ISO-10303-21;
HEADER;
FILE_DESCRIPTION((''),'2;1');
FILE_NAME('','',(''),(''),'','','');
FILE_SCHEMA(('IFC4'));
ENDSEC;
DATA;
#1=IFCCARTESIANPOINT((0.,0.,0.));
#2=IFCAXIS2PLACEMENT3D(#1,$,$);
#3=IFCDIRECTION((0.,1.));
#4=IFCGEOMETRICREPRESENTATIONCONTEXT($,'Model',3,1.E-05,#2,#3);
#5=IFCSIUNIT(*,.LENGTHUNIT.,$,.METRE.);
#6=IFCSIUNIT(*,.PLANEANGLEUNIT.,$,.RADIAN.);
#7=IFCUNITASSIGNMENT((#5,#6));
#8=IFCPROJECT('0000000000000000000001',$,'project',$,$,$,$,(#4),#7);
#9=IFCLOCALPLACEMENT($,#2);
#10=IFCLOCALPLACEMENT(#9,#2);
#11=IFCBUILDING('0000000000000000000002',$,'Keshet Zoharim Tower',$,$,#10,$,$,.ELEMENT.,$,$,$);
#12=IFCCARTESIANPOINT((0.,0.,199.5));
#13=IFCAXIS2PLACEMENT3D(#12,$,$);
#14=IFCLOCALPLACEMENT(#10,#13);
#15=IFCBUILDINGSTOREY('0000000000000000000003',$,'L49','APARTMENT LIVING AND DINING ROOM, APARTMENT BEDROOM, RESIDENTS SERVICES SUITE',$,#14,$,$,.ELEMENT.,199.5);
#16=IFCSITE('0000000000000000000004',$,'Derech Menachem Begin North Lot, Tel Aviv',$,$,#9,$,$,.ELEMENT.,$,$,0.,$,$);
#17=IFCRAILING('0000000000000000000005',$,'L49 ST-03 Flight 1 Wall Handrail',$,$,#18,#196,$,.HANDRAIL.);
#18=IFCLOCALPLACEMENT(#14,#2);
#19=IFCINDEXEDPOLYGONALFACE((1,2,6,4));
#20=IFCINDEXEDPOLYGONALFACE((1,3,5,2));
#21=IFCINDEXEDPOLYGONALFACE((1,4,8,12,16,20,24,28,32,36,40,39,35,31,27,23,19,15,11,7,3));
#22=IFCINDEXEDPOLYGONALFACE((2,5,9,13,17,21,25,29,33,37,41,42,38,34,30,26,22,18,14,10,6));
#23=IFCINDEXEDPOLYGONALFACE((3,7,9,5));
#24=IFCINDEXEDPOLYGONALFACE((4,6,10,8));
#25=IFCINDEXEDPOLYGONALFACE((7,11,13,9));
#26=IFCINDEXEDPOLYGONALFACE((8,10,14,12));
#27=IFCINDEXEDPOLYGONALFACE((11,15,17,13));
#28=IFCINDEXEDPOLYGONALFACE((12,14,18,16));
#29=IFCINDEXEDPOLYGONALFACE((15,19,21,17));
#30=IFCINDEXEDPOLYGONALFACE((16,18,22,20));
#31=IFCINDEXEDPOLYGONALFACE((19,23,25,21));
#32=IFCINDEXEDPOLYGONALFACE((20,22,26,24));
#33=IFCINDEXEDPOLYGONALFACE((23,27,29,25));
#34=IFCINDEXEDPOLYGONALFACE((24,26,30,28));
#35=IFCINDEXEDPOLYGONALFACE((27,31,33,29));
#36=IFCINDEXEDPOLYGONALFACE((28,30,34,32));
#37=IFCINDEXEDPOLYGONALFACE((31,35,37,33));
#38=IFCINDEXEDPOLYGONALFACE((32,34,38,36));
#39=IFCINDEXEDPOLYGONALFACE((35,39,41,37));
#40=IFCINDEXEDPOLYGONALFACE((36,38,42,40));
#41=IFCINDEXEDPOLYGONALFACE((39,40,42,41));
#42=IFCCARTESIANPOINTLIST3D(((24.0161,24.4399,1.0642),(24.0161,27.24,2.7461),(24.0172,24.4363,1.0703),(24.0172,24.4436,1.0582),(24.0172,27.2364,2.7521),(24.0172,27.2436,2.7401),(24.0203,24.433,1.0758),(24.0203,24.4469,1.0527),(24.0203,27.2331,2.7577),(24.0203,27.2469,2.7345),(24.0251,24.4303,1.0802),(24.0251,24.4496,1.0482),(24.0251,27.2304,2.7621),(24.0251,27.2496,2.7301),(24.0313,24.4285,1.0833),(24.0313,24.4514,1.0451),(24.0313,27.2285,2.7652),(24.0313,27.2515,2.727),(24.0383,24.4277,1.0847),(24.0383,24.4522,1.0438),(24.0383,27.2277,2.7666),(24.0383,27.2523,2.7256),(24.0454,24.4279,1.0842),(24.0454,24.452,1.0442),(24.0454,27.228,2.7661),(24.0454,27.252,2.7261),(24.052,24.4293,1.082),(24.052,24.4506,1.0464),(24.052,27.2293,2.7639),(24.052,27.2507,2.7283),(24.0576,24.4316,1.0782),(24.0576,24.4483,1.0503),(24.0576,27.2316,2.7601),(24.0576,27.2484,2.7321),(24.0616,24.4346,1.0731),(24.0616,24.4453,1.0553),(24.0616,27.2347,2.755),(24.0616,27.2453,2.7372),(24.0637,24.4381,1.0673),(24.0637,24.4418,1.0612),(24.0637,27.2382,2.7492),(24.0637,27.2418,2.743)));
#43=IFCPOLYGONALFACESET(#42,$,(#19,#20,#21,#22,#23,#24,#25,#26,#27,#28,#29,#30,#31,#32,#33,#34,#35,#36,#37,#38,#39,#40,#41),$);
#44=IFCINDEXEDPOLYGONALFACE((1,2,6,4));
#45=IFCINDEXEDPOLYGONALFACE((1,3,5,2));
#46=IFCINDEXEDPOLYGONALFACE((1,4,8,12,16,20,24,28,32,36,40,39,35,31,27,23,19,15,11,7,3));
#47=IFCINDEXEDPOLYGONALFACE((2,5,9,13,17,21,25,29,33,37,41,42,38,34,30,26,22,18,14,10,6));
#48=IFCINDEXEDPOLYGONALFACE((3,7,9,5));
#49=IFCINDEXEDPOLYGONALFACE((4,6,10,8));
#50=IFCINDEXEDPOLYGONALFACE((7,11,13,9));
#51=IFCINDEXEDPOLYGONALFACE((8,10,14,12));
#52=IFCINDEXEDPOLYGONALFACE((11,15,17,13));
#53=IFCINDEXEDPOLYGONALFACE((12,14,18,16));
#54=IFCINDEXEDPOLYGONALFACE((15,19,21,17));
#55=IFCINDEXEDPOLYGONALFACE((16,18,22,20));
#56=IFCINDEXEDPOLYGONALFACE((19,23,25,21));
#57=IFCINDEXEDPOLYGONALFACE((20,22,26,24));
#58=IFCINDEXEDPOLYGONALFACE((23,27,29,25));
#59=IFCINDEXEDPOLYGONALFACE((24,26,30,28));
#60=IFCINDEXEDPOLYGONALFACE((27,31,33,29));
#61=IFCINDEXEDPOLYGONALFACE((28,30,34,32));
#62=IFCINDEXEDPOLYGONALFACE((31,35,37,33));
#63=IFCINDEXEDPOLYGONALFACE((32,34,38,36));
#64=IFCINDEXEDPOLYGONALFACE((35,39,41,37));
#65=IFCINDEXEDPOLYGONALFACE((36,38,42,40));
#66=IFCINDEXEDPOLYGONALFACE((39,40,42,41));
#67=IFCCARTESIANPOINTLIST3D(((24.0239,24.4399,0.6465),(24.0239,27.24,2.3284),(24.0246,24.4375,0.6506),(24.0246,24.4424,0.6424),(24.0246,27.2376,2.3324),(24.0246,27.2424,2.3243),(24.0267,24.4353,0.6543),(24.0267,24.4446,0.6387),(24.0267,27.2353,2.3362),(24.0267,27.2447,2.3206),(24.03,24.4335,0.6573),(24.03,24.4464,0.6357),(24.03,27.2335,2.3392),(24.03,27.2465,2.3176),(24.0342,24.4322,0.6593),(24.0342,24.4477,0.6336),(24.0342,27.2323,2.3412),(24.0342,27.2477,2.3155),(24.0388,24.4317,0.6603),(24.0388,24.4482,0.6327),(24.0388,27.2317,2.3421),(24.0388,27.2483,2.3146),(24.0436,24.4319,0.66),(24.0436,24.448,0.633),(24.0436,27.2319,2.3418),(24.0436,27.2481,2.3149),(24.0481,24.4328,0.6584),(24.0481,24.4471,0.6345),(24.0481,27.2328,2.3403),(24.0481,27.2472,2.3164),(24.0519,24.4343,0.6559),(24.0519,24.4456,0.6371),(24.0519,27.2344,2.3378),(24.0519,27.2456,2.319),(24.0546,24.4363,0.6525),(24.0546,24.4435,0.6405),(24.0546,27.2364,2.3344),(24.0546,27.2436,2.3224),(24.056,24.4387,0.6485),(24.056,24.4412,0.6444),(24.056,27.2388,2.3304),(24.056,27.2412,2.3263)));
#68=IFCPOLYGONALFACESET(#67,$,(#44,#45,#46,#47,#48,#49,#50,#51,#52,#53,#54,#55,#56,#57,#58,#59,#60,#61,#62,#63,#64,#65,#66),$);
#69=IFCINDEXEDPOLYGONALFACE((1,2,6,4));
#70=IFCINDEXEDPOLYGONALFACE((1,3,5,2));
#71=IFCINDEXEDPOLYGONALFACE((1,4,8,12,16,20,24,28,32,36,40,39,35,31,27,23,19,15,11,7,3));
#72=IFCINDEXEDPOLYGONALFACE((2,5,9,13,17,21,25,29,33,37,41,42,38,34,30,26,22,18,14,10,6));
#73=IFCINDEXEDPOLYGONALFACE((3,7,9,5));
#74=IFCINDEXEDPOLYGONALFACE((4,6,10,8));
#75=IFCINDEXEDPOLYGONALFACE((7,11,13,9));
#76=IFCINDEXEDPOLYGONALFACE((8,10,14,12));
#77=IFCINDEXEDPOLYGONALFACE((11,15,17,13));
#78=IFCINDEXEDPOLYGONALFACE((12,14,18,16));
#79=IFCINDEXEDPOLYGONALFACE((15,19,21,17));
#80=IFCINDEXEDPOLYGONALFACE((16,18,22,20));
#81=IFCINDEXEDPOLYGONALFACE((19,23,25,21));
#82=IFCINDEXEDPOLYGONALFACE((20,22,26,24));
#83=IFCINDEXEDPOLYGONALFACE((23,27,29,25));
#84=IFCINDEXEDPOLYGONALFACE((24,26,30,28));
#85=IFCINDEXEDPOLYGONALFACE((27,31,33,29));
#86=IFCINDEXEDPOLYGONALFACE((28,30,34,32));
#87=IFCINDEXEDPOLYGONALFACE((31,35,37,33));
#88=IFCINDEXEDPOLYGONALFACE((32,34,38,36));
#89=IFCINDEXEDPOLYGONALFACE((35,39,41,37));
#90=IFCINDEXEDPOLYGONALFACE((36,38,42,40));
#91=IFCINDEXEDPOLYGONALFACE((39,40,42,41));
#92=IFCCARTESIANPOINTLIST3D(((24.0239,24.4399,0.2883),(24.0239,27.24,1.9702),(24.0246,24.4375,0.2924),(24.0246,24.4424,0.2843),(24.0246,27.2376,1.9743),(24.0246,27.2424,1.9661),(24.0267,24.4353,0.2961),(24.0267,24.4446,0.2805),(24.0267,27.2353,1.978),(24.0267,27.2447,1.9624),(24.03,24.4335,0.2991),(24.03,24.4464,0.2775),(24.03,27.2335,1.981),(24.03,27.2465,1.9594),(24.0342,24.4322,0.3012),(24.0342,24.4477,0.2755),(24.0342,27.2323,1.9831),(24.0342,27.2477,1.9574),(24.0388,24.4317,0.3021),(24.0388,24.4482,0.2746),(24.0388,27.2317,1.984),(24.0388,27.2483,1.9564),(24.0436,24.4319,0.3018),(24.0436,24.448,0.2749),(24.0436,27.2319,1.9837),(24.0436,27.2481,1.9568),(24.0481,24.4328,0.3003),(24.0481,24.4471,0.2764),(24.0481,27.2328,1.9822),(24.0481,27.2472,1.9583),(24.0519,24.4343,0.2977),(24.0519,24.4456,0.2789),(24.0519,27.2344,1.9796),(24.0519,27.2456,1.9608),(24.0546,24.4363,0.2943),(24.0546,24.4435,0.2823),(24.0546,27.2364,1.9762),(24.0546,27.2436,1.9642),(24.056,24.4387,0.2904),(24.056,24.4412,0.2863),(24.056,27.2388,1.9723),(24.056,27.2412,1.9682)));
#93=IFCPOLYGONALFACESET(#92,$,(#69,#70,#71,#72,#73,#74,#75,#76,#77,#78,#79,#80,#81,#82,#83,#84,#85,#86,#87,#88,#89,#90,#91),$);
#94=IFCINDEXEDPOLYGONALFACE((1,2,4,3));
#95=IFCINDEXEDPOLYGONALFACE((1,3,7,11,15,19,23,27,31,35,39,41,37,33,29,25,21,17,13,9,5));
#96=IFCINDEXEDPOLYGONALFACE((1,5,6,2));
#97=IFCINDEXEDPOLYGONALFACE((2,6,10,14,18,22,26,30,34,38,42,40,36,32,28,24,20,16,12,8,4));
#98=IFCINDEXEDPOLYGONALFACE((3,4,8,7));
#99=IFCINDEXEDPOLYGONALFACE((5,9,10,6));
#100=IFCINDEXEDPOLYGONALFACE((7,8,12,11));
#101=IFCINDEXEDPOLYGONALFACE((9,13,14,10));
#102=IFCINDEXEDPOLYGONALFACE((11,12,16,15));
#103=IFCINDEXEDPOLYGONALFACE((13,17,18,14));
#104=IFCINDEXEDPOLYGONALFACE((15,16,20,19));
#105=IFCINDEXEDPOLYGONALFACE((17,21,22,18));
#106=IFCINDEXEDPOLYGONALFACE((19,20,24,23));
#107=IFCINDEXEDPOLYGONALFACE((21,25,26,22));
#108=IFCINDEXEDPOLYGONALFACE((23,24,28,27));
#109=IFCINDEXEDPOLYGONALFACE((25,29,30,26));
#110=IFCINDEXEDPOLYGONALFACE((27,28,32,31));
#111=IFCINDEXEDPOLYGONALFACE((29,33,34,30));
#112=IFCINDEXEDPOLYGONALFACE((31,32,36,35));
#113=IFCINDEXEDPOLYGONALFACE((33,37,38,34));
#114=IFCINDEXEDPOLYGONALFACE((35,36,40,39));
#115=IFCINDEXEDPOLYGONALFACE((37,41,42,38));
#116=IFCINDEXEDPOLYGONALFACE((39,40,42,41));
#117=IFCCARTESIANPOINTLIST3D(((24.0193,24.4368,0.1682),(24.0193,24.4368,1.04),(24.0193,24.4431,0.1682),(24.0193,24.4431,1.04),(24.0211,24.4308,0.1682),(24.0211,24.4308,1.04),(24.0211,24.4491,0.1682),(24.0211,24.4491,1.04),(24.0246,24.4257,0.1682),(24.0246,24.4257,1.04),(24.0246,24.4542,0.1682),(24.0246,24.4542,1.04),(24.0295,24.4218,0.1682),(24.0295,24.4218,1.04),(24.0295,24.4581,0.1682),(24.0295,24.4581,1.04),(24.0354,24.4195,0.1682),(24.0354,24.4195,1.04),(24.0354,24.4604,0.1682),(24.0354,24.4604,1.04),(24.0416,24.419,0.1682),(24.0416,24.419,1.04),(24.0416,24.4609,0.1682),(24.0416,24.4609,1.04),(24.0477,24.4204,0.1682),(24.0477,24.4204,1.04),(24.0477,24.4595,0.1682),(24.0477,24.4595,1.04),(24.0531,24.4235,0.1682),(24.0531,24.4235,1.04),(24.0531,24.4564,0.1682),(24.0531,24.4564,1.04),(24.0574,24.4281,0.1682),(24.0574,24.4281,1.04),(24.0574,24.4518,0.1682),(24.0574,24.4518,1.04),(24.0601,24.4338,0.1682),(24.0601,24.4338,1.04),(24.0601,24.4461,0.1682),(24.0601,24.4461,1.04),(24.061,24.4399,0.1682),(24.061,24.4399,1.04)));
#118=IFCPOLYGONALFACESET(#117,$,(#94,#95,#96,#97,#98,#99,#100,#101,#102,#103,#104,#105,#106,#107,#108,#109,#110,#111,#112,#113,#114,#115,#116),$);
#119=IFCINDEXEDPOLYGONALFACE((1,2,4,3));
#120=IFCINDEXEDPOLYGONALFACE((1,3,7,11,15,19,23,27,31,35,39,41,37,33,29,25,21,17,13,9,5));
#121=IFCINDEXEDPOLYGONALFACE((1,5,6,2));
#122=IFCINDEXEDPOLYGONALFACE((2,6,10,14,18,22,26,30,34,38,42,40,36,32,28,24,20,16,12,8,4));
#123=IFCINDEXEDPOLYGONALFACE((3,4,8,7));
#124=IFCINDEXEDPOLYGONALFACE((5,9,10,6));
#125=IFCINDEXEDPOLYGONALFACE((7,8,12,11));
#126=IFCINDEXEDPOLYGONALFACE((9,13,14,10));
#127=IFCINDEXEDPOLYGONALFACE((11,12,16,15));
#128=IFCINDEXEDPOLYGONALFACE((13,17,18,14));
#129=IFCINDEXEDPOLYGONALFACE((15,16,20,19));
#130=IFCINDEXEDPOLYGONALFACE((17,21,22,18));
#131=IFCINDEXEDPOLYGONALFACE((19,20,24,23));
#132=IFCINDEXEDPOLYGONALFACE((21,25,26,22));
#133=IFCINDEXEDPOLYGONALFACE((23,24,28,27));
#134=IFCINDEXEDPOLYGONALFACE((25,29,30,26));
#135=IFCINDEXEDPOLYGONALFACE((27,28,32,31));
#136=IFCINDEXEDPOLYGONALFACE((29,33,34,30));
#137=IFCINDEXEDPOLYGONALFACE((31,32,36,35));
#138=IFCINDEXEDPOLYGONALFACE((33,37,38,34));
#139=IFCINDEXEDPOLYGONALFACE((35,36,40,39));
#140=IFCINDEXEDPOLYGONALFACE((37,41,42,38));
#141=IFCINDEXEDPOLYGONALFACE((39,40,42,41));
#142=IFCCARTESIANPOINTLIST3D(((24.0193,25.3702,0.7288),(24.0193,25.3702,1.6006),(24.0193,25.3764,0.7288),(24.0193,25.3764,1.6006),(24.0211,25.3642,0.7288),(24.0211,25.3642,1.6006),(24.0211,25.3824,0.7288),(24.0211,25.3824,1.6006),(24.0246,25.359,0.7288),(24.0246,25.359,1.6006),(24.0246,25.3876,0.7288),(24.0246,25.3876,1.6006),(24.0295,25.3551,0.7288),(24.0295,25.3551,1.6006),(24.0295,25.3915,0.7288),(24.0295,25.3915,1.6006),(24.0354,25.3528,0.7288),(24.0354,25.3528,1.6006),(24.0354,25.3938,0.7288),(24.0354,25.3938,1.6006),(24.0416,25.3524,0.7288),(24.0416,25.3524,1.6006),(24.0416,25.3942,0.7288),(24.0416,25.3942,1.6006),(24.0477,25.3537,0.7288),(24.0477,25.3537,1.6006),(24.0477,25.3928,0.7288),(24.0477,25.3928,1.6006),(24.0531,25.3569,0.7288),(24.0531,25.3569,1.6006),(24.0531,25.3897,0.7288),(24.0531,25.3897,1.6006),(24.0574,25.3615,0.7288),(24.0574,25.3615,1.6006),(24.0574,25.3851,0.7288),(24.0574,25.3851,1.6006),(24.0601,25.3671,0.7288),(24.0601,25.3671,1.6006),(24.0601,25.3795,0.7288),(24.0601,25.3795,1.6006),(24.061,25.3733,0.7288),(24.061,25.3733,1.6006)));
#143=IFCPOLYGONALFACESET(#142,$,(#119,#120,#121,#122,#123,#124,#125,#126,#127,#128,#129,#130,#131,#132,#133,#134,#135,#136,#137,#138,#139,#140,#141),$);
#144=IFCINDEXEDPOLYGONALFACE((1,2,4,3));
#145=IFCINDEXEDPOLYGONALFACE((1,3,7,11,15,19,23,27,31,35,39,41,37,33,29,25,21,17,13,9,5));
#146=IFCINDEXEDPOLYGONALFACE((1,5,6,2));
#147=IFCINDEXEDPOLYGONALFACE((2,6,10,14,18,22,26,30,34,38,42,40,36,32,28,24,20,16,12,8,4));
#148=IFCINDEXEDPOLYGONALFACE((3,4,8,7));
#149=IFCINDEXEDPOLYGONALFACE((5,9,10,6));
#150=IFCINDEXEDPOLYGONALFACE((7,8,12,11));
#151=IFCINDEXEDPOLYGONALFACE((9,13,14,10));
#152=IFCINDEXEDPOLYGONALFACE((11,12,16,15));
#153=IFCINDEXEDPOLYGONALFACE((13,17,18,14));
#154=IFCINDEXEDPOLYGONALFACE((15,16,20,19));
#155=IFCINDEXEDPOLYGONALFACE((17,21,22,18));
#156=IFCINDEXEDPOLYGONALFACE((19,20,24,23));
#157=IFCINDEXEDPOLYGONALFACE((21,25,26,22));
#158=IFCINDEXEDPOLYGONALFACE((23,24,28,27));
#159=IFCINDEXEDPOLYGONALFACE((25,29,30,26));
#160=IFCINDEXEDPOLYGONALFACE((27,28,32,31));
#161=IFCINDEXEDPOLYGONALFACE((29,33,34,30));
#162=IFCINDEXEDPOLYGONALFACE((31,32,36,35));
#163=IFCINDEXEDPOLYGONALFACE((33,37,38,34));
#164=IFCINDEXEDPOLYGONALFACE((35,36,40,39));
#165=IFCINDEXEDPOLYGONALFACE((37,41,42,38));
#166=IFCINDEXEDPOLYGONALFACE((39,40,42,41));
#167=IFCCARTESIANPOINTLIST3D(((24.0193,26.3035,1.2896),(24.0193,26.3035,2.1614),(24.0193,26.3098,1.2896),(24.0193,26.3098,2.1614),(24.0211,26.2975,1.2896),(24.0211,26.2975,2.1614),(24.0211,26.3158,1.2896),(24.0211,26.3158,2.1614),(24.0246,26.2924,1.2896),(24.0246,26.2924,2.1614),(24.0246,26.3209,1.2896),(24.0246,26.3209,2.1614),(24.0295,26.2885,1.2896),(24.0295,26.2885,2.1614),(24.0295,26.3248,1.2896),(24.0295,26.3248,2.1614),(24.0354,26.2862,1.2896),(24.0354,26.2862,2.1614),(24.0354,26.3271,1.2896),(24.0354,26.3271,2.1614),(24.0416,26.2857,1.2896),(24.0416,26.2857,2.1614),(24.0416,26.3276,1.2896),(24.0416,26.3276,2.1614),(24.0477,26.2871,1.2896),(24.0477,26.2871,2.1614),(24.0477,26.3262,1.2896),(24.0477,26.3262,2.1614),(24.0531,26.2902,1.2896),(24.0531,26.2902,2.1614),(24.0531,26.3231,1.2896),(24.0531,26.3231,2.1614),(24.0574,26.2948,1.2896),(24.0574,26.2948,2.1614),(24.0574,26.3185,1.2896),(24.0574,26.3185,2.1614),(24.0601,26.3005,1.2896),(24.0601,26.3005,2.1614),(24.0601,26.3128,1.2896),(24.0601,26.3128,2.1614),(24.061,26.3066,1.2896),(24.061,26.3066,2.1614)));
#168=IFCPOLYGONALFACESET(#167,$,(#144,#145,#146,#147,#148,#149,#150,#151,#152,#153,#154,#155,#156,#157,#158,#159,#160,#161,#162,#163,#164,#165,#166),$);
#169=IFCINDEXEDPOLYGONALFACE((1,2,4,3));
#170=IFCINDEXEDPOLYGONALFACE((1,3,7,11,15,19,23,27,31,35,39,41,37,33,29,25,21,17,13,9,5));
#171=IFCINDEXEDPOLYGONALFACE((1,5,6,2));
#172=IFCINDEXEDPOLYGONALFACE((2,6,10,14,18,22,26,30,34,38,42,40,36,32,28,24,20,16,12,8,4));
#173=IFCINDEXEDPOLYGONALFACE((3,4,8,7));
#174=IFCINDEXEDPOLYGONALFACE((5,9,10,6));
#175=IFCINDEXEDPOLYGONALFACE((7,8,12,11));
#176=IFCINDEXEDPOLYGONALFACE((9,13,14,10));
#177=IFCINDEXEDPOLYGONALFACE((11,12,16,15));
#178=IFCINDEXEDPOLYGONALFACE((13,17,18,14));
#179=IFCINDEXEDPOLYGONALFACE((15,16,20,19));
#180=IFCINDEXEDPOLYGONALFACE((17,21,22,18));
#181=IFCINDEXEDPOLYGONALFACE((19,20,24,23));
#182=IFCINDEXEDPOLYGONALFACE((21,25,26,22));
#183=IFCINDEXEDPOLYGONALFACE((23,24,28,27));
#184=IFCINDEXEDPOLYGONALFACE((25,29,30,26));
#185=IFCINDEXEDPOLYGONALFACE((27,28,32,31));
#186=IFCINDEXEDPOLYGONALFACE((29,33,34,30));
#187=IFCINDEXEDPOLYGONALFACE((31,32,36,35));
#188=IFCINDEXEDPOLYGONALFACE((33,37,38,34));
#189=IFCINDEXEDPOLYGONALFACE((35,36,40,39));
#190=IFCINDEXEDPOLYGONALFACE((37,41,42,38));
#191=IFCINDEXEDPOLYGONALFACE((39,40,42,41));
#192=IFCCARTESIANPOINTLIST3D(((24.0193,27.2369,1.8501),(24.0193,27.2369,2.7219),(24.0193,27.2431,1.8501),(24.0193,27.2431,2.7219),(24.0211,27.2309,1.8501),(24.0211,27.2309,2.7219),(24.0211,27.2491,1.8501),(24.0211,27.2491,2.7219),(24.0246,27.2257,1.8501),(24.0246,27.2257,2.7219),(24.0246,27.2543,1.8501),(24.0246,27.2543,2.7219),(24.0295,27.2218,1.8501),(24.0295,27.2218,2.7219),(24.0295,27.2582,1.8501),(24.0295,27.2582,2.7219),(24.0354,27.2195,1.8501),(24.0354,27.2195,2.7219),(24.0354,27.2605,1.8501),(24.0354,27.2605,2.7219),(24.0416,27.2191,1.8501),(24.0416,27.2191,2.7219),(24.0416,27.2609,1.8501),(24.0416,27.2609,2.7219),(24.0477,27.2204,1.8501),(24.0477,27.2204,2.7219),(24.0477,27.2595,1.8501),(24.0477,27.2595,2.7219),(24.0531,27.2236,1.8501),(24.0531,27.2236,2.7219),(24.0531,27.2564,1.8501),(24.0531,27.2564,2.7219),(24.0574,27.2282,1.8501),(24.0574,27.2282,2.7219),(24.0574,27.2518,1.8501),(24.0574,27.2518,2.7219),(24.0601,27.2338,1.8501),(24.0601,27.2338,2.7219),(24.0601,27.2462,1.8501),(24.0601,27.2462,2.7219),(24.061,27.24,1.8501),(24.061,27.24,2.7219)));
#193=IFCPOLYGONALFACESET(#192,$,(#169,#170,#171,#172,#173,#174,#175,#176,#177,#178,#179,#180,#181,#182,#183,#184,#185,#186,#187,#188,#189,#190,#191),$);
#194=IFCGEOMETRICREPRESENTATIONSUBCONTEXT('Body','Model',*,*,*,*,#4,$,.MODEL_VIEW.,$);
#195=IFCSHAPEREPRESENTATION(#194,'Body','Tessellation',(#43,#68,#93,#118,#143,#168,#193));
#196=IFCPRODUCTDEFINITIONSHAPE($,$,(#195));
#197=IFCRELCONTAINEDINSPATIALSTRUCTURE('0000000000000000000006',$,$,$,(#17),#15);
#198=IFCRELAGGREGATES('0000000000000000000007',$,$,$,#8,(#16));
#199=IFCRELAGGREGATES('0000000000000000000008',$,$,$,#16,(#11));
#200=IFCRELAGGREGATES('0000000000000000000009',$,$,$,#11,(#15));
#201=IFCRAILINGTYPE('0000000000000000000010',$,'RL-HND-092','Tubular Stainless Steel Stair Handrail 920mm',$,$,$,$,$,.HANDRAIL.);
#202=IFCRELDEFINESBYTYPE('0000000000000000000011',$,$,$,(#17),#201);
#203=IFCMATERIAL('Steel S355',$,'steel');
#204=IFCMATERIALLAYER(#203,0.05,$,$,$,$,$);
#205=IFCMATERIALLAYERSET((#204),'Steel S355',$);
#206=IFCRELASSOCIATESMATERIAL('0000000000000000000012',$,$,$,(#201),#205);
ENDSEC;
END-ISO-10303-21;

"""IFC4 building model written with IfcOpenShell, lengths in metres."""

from ifc_helpers import new_model, si_unit, direction, frame, origin, origin_2d, place, context, subcontext, project, spatial, circle, extrude, material, layer, layer_set, type_object, element, save


model = new_model("IFC4")

# Units and contexts
model_context = context("Model", 3, precision=1e-05, world=origin(), true_north=direction((0.0, 1.0)))
body_context = subcontext(model_context, "Body", "Model", "MODEL_VIEW")
ifc_project = project(units=[si_unit("LENGTHUNIT", "METRE"), si_unit("PLANEANGLEUNIT", "RADIAN")], contexts=[model_context])

# Site, building, storey
site_placement = place(None, origin())
site = spatial("IfcSite", under=ifc_project, at=site_placement, Name="Derech Menachem Begin North Lot, Tel Aviv", CompositionType="ELEMENT", RefElevation=0.0)
building_placement = place(site_placement, origin())
building = spatial("IfcBuilding", under=site, at=building_placement, Name="Keshet Zoharim Tower", CompositionType="ELEMENT")
storey_placement = place(building_placement, frame((0.0, 0.0, 199.5)))
storey = spatial("IfcBuildingStorey", under=building, at=storey_placement, Name="L49", Description="APARTMENT LIVING AND DINING ROOM, APARTMENT BEDROOM, RESIDENTS SERVICES SUITE", CompositionType="ELEMENT", Elevation=199.5)

# Shared definitions
ifc_material_1 = material(Name="Steel S355", Category="steel")

# Railing
ifc_layer_1 = layer(ifc_material_1, 0.05)
ifc_layer_set_1 = layer_set([ifc_layer_1], Name="Steel S355")
railing_type_1 = type_object("IfcRailingType", Name="RL-HND-092", Description="Tubular Stainless Steel Stair Handrail 920mm", PredefinedType="HANDRAIL", material=ifc_layer_set_1)
railing_1_placement = place(storey_placement, frame((24.04, 24.4399, 0.1682)))
element("IfcRailing", 1, at=railing_1_placement, inside=storey, type_object=railing_type_1, Name="L49 ST-03 Flight 1 Wall Handrail", PredefinedType="HANDRAIL", context=body_context, shape_type="SweptSolid", body=[
    extrude(circle(Radius=0.0239, at=origin_2d()), frame((0.0, 0.0, 0.896), z_axis=(0.0, 0.857242, 0.514913), x_axis=(-1.0, 0.0, 0.0)), (0.0, 0.0, 1.0), 3.2664),
    extrude(circle(Radius=0.0161, at=origin_2d()), frame((0.0, 0.0, 0.4783), z_axis=(0.0, 0.857242, 0.514913), x_axis=(-1.0, 0.0, 0.0)), (0.0, 0.0, 1.0), 3.2664),
    extrude(circle(Radius=0.0161, at=origin_2d()), frame((0.0, 0.0, 0.1201), z_axis=(0.0, 0.857242, 0.514913), x_axis=(-1.0, 0.0, 0.0)), (0.0, 0.0, 1.0), 3.2664),
    extrude(circle(Radius=0.021, at=origin_2d()), origin(), (0.0, 0.0, 1.0), 0.8718),
    extrude(circle(Radius=0.021, at=origin_2d()), frame((0.0, 0.9333, 0.5605)), (0.0, 0.0, 1.0), 0.8718),
    extrude(circle(Radius=0.021, at=origin_2d()), frame((0.0, 1.8667, 1.1213)), (0.0, 0.0, 1.0), 0.8718),
    extrude(circle(Radius=0.021, at=origin_2d()), frame((0.0, 2.8, 1.6819)), (0.0, 0.0, 1.0), 0.8718),
])

save(model, "model.ifc")
